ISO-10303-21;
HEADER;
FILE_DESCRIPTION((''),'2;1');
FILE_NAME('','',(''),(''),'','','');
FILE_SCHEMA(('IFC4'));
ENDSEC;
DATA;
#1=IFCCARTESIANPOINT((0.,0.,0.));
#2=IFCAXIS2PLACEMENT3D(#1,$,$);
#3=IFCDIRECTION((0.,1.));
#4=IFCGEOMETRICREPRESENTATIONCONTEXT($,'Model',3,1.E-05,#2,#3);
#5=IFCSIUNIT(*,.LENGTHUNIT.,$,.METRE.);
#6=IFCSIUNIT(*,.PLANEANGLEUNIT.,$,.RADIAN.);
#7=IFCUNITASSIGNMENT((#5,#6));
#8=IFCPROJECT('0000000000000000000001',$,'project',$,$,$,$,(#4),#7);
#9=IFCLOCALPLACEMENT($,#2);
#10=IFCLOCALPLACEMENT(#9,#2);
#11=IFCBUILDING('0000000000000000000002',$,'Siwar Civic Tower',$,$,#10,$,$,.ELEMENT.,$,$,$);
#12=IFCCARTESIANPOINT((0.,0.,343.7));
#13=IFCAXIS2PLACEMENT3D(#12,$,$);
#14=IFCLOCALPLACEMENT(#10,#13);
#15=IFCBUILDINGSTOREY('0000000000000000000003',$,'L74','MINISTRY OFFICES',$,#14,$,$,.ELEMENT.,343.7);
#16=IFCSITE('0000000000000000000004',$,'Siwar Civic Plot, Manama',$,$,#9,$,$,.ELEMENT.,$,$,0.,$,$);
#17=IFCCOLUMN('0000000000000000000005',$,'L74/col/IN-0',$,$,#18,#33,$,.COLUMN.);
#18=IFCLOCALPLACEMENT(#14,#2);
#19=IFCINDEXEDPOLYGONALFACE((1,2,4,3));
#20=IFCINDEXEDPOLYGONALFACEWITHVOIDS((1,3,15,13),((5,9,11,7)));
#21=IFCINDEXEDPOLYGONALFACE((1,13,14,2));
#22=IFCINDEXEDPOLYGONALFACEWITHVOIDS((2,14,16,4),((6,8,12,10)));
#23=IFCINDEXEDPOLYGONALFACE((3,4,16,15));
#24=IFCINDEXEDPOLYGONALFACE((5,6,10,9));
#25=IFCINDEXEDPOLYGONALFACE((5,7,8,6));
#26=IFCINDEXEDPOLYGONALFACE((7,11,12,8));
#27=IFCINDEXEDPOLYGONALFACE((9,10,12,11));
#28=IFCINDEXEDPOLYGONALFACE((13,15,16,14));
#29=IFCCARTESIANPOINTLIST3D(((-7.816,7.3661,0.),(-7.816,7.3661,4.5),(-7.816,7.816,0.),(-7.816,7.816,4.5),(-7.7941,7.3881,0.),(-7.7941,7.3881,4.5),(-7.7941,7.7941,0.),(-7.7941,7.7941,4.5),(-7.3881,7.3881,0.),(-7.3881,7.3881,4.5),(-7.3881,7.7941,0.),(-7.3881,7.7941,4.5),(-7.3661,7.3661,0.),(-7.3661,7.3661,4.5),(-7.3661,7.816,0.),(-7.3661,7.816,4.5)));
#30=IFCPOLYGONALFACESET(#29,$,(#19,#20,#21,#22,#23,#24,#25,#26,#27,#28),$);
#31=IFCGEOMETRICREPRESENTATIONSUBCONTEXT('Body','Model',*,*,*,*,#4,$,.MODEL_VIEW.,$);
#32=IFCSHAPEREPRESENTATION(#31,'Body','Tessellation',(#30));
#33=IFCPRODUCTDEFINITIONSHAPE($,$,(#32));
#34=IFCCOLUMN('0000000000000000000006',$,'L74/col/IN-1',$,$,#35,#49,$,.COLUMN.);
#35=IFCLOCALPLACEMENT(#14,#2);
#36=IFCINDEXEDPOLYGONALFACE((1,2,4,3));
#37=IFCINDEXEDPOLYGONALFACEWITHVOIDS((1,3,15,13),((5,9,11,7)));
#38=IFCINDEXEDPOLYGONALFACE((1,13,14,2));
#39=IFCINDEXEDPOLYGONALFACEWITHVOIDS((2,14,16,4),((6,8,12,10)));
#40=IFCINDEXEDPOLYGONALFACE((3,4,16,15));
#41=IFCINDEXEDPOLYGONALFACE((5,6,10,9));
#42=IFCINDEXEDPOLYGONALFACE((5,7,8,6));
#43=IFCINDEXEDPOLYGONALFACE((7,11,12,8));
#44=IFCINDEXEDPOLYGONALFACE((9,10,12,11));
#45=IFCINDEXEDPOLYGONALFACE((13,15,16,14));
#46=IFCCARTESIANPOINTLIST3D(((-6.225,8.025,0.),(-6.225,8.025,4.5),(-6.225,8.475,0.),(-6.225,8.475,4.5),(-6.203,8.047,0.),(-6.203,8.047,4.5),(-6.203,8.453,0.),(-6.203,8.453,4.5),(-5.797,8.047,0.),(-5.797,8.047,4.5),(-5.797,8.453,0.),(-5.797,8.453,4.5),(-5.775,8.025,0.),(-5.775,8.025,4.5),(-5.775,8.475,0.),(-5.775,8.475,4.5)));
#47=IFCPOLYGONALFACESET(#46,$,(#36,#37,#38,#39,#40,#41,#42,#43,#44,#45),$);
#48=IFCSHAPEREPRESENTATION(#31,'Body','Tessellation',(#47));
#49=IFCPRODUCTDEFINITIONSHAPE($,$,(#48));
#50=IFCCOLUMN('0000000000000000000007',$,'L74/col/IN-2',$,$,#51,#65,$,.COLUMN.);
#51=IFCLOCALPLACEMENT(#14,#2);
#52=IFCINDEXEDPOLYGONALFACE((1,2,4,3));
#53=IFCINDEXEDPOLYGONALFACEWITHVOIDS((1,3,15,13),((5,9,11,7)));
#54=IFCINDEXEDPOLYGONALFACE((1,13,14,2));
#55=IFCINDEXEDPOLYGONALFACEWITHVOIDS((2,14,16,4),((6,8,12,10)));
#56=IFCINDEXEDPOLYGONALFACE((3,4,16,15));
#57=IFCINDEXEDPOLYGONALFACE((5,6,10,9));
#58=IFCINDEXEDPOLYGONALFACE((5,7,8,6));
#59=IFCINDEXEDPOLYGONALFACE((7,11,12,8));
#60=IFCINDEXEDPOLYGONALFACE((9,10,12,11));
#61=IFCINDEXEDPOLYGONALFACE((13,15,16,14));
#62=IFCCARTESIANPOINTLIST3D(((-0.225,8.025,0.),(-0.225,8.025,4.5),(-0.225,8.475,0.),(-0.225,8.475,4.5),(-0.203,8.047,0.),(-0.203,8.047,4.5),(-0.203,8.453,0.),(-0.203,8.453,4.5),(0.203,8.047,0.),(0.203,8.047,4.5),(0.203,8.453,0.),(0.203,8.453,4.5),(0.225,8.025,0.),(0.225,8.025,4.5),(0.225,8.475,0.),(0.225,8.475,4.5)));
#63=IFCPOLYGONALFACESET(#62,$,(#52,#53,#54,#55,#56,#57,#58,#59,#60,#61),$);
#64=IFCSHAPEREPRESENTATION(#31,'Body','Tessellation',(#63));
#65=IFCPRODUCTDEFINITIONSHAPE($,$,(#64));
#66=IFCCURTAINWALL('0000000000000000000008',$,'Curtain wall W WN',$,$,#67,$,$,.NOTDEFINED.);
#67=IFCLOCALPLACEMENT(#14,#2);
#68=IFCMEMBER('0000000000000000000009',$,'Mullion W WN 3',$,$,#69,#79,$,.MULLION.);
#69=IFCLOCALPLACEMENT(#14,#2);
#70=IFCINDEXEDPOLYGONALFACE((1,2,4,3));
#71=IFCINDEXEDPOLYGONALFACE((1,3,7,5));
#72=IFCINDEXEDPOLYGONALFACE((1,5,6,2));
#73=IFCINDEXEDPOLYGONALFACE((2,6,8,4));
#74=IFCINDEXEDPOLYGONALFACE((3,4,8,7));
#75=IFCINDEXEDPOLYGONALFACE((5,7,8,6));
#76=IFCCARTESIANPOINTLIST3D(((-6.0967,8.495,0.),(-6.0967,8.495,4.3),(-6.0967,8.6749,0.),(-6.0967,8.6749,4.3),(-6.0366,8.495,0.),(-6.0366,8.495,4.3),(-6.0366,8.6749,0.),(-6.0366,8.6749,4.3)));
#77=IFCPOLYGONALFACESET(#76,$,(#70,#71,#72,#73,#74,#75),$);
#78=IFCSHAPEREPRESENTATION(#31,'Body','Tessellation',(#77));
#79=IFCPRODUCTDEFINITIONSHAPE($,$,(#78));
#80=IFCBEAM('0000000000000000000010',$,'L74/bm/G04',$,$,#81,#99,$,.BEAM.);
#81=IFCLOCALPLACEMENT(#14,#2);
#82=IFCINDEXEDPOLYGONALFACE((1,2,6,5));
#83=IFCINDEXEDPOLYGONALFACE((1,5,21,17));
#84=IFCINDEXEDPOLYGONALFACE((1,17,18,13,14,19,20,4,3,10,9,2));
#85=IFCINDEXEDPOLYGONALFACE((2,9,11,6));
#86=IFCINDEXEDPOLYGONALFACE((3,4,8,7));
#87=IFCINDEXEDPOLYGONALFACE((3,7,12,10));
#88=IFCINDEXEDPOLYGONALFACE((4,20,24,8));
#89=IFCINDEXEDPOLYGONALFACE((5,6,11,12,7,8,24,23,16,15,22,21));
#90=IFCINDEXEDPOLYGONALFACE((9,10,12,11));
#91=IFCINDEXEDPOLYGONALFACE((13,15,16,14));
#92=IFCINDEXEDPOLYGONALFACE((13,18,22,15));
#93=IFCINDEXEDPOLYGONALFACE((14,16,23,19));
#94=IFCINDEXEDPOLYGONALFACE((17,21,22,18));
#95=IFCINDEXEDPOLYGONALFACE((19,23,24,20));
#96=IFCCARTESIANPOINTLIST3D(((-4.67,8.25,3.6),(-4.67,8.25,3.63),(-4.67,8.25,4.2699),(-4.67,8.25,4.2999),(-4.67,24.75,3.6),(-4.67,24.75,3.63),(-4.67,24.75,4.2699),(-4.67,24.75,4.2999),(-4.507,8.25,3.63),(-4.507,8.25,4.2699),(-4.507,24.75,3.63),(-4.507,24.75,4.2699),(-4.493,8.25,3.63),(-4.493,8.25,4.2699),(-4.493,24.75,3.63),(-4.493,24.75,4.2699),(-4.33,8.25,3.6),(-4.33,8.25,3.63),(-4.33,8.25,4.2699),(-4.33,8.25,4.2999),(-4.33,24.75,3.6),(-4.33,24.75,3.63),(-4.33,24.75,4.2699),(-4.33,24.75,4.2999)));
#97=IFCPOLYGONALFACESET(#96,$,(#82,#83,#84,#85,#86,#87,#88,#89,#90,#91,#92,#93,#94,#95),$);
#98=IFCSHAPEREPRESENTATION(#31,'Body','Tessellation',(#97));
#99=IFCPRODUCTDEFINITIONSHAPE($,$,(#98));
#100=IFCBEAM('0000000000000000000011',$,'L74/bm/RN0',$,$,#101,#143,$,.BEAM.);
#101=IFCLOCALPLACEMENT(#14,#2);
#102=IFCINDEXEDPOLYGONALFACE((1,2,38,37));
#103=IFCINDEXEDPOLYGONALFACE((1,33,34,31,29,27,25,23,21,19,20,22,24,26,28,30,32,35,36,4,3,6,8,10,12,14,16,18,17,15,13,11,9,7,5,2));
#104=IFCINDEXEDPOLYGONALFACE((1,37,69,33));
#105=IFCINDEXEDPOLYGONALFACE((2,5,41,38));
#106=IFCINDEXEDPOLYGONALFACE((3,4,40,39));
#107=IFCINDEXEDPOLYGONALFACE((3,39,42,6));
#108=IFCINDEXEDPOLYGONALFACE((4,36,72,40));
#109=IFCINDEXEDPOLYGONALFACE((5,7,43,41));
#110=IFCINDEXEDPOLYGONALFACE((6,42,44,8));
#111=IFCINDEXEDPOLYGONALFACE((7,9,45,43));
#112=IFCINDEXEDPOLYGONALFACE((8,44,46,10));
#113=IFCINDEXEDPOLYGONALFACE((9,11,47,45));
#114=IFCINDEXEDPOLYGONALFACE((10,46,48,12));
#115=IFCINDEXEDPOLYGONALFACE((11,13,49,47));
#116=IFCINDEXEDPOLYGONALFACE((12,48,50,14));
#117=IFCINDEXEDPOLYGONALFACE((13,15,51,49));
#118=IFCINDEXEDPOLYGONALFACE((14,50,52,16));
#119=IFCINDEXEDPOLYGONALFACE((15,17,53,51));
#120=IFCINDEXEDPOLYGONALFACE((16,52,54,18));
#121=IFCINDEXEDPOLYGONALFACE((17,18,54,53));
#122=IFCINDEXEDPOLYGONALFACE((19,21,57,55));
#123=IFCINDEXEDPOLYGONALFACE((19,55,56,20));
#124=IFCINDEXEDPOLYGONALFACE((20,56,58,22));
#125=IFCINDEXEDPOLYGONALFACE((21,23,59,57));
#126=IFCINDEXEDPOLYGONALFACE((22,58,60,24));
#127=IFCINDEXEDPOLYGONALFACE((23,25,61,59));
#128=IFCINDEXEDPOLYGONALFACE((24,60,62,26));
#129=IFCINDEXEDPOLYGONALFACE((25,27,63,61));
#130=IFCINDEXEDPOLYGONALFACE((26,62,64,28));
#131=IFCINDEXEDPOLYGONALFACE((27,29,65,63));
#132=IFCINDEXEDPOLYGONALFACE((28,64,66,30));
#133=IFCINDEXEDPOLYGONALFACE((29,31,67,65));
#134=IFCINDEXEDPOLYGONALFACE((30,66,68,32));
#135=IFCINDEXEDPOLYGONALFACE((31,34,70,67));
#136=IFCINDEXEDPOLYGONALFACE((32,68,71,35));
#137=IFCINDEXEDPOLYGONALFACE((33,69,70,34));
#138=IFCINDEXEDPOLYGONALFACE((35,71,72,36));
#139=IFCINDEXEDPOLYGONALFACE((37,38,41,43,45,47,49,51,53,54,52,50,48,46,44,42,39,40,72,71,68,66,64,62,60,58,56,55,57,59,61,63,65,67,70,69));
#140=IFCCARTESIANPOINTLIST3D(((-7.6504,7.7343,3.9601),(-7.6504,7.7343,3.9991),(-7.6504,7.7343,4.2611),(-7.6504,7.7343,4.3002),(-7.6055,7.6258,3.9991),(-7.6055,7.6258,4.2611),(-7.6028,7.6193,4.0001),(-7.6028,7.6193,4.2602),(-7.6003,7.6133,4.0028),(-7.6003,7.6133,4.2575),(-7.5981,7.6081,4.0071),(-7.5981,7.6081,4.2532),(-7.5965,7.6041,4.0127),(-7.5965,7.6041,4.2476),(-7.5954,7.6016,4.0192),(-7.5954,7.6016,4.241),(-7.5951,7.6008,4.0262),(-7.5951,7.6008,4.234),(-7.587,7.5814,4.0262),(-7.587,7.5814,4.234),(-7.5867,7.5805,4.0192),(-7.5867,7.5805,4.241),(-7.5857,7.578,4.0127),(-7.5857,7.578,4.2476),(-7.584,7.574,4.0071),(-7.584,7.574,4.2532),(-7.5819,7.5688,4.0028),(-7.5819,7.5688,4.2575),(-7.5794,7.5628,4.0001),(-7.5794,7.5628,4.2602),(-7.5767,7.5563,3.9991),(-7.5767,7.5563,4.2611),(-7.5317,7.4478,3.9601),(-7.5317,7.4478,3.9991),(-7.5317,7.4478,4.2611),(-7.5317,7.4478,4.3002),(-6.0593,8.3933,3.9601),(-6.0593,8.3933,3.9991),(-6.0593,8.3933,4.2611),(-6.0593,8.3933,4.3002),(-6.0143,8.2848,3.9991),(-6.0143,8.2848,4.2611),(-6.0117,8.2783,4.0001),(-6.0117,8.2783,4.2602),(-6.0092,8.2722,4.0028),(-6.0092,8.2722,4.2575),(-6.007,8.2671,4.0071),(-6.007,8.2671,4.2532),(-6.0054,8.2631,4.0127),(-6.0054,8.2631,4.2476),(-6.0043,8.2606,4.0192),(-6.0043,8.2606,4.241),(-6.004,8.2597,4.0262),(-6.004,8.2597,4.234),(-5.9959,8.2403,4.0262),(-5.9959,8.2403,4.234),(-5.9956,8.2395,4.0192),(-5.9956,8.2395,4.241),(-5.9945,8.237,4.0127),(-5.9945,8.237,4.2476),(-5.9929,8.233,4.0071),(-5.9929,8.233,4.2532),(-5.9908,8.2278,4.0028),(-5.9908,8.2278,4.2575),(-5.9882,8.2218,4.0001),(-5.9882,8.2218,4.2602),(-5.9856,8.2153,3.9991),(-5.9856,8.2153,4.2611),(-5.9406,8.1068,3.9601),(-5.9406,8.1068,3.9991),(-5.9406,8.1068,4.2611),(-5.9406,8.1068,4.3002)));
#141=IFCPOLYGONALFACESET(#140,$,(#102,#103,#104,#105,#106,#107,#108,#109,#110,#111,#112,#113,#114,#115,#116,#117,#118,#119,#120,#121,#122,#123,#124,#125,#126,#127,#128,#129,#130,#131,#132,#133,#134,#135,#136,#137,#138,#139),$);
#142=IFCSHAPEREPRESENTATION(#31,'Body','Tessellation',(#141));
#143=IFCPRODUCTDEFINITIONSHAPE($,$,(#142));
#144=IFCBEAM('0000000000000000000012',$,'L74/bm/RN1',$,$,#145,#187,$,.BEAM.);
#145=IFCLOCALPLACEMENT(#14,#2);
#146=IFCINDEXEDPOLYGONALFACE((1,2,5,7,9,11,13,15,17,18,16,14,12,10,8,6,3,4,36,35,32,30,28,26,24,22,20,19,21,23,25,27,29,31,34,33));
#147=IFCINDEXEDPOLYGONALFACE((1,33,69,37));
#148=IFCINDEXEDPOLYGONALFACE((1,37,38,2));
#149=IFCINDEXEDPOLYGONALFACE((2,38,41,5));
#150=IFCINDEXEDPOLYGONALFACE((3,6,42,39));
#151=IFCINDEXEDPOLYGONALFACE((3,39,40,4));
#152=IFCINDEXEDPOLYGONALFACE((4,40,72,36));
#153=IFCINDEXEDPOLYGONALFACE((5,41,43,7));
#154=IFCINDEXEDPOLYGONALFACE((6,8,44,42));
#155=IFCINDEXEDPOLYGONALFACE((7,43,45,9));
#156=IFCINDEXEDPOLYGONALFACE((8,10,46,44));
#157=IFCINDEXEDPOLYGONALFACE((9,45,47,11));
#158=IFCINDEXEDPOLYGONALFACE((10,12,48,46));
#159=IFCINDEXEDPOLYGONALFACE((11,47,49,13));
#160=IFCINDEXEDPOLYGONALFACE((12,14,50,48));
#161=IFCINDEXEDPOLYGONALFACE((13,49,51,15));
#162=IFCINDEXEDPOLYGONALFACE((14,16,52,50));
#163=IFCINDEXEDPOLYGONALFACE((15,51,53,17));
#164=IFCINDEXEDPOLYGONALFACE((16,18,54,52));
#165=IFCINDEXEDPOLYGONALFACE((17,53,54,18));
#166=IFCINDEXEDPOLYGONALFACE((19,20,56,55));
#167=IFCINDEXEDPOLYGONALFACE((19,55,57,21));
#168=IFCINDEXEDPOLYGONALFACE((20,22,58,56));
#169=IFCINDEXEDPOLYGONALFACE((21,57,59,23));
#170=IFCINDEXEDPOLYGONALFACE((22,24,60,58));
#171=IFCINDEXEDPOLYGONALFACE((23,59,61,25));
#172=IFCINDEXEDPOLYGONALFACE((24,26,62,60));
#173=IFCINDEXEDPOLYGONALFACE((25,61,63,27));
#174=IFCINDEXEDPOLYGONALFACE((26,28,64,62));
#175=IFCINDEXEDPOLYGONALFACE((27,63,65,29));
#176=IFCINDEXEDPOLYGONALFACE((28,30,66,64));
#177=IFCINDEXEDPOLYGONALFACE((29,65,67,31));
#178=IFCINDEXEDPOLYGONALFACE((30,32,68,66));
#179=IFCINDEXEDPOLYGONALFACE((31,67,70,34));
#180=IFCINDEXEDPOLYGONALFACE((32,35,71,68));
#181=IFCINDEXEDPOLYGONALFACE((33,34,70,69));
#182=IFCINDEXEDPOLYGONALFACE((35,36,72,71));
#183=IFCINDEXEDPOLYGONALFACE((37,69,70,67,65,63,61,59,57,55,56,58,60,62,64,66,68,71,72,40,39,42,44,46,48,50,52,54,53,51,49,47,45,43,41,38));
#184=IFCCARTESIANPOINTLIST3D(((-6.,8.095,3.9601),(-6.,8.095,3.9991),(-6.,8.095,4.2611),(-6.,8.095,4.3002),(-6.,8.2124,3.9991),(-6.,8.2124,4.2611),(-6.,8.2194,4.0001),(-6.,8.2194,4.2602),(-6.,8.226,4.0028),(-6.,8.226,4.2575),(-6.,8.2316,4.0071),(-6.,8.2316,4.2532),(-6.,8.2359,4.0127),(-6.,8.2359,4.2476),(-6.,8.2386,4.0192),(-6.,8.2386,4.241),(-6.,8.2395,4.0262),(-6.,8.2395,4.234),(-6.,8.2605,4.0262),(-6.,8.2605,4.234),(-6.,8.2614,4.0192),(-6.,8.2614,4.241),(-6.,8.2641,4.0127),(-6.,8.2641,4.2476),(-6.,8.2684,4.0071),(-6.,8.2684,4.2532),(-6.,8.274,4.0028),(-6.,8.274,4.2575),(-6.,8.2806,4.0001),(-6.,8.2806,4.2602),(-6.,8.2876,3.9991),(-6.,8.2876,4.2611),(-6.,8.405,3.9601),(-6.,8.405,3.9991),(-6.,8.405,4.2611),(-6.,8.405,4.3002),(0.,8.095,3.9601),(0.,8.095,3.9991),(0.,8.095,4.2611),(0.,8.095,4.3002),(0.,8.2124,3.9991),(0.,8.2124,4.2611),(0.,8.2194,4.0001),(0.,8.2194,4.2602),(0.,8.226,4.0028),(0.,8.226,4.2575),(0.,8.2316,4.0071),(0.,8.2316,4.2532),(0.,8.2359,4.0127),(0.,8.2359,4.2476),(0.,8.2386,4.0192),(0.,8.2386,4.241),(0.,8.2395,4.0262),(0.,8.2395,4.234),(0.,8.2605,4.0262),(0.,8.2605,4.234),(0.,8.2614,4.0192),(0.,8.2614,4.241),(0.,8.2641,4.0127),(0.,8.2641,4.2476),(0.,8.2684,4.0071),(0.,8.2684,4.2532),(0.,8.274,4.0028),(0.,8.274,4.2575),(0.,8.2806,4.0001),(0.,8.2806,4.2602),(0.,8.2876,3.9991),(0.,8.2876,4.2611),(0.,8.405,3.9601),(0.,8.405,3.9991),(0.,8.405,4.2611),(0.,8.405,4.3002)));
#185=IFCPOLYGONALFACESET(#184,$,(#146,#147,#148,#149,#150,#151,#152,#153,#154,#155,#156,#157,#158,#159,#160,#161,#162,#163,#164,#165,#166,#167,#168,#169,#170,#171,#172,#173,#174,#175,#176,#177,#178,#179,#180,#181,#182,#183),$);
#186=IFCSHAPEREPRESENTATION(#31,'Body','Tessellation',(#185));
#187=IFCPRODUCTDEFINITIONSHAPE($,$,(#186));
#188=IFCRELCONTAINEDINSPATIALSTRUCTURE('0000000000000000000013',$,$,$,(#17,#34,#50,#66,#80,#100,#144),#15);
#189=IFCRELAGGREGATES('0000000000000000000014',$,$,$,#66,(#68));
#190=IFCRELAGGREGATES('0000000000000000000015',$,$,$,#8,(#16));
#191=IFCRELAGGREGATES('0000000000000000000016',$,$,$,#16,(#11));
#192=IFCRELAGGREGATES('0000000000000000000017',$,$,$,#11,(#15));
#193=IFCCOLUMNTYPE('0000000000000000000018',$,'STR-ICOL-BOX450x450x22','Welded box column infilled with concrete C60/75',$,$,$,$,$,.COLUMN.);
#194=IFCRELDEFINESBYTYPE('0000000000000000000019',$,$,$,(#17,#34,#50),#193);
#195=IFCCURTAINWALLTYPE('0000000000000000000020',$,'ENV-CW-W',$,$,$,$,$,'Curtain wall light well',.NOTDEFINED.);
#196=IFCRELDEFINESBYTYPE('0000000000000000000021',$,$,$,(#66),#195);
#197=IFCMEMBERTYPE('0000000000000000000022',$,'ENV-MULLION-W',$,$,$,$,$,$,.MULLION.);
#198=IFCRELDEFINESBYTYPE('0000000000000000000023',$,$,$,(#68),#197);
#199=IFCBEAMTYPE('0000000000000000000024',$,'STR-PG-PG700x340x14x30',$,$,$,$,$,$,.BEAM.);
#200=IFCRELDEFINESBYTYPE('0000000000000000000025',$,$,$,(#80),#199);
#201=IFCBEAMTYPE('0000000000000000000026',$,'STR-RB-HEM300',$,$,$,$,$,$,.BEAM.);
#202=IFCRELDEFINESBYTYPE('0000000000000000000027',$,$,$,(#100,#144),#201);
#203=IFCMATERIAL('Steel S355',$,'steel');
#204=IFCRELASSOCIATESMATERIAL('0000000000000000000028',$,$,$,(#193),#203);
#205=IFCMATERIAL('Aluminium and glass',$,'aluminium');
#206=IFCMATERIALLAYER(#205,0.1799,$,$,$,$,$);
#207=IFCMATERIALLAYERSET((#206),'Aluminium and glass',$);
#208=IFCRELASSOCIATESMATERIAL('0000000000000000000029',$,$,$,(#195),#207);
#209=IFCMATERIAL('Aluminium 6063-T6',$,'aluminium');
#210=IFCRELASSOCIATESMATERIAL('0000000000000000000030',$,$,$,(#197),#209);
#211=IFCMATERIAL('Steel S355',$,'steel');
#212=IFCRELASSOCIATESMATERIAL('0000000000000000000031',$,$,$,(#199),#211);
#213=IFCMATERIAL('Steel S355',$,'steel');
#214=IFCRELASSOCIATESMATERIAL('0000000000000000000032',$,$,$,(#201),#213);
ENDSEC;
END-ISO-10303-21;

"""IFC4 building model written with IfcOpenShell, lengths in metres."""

from ifc_helpers import new_model, si_unit, direction, frame, origin, origin_2d, place, context, subcontext, project, spatial, rectangle, hollow_rectangle, i_section, extrude, material, layer, layer_set, material_profile, profile_set, type_object, element, aggregate, save


model = new_model("IFC4")

# Units and contexts
model_context = context("Model", 3, precision=1e-05, world=origin(), true_north=direction((0.0, 1.0)))
body_context = subcontext(model_context, "Body", "Model", "MODEL_VIEW")
ifc_project = project(units=[si_unit("LENGTHUNIT", "METRE"), si_unit("PLANEANGLEUNIT", "RADIAN")], contexts=[model_context])

# Site, building, storey
site_placement = place(None, origin())
site = spatial("IfcSite", under=ifc_project, at=site_placement, Name="Siwar Civic Plot, Manama", CompositionType="ELEMENT", RefElevation=0.0)
building_placement = place(site_placement, origin())
building = spatial("IfcBuilding", under=site, at=building_placement, Name="Siwar Civic Tower", CompositionType="ELEMENT")
storey_placement = place(building_placement, frame((0.0, 0.0, 343.7)))
storey = spatial("IfcBuildingStorey", under=building, at=storey_placement, Name="L74", Description="MINISTRY OFFICES", CompositionType="ELEMENT", Elevation=343.7)

# Columns
ifc_material_1 = material(Name="Steel S355", Category="steel")
ifc_material_profile_1 = material_profile(ifc_material_1, hollow_rectangle(XDim=0.45, YDim=0.45, WallThickness=0.022, at=origin_2d()), Name="BOX450x450x22")
ifc_profile_set_1 = profile_set([ifc_material_profile_1], Name="Steel S355")
column_type = type_object("IfcColumnType", Name="STR-ICOL-BOX450x450x22", Description="Welded box column infilled with concrete C60/75", PredefinedType="COLUMN", material=ifc_profile_set_1)
for number, where, z_axis, x_axis, name in (
    (1, (-7.5911, 7.5911, 0.0), (0.0, 0.0, 1.0), (1.0, 0.0, 0.0), "L74/col/IN-0"),
    (2, (-6.0, 8.25, 0.0), (0.0, 0.0, 1.0), (1.0, 0.0, 0.0), "L74/col/IN-1"),
    (3, (0.0, 8.25, 0.0), (0.0, 0.0, 1.0), (1.0, 0.0, 0.0), "L74/col/IN-2"),
):
    element("IfcColumn", number, at=place(storey_placement, frame(where, z_axis=z_axis, x_axis=x_axis)), inside=storey, type_object=column_type, Name=name, PredefinedType="COLUMN", context=body_context, shape_type="SweptSolid", body=[
        extrude(hollow_rectangle(XDim=0.45, YDim=0.45, WallThickness=0.022, at=origin_2d()), origin(), (0.0, 0.0, 1.0), 4.5),
    ])

# Curtain wall, member
ifc_material_2 = material(Name="Aluminium and glass", Category="aluminium")
ifc_layer_1 = layer(ifc_material_2, 0.1799)
ifc_layer_set_1 = layer_set([ifc_layer_1], Name="Aluminium and glass")
curtain_wall_type = type_object("IfcCurtainWallType", Name="ENV-CW-W", ElementType="Curtain wall light well", PredefinedType="NOTDEFINED", material=ifc_layer_set_1)
curtain_wall_placement = place(storey_placement, origin())
curtain_wall = element("IfcCurtainWall", 4, at=curtain_wall_placement, inside=storey, type_object=curtain_wall_type, Name="Curtain wall W WN", PredefinedType="NOTDEFINED")
ifc_material_3 = material(Name="Aluminium 6063-T6", Category="aluminium")
ifc_material_profile_2 = material_profile(ifc_material_3, rectangle(XDim=0.1799, YDim=0.0601, at=origin_2d()), Name="AL 180x60")
ifc_profile_set_2 = profile_set([ifc_material_profile_2], Name="Aluminium 6063-T6")
member_type = type_object("IfcMemberType", Name="ENV-MULLION-W", PredefinedType="MULLION", material=ifc_profile_set_2)
member_placement = place(storey_placement, frame((-6.0667, 8.585, 0.0), z_axis=(0.0, 0.0, 1.0), x_axis=(0.0, -1.0, 0.0)))
member = element("IfcMember", 5, at=member_placement, type_object=member_type, Name="Mullion W WN 3", PredefinedType="MULLION", context=body_context, shape_type="SweptSolid", body=[
    extrude(rectangle(XDim=0.1799, YDim=0.0601, at=origin_2d()), origin(), (0.0, 0.0, 1.0), 4.3),
])

# Beams
ifc_material_4 = material(Name="Steel S355", Category="steel")
ifc_material_profile_3 = material_profile(ifc_material_4, i_section(OverallWidth=0.3401, OverallDepth=0.7, WebThickness=0.0139, FlangeThickness=0.03, at=origin_2d()), Name="PG700x340x14x30")
ifc_profile_set_3 = profile_set([ifc_material_profile_3], Name="Steel S355")
beam_type_1 = type_object("IfcBeamType", Name="STR-PG-PG700x340x14x30", PredefinedType="BEAM", material=ifc_profile_set_3)
beam_1_placement = place(storey_placement, frame((-4.5, 8.25, 3.95), z_axis=(0.0, 1.0, 0.0), x_axis=(-1.0, 0.0, 0.0)))
element("IfcBeam", 6, at=beam_1_placement, inside=storey, type_object=beam_type_1, Name="L74/bm/G04", PredefinedType="BEAM", context=body_context, shape_type="SweptSolid", body=[
    extrude(i_section(OverallWidth=0.3401, OverallDepth=0.7, WebThickness=0.0139, FlangeThickness=0.03, at=origin_2d()), origin(), (0.0, 0.0, 1.0), 16.5),
])
ifc_material_5 = material(Name="Steel S355", Category="steel")
ifc_material_profile_4 = material_profile(ifc_material_5, i_section(OverallWidth=0.3101, OverallDepth=0.3401, WebThickness=0.021, FlangeThickness=0.0391, FilletRadius=0.0271, at=origin_2d()), Name="HEM300")
ifc_profile_set_4 = profile_set([ifc_material_profile_4], Name="Steel S355")
beam_type_2 = type_object("IfcBeamType", Name="STR-RB-HEM300", PredefinedType="BEAM", material=ifc_profile_set_4)
beam_2_placement = place(storey_placement, frame((-7.5911, 7.5911, 4.1301), z_axis=(0.923901, 0.382631, 0.0), x_axis=(-0.382631, 0.923901, 0.0)))
element("IfcBeam", 7, at=beam_2_placement, inside=storey, type_object=beam_type_2, Name="L74/bm/RN0", PredefinedType="BEAM", context=body_context, shape_type="SweptSolid", body=[
    extrude(i_section(OverallWidth=0.3101, OverallDepth=0.3401, WebThickness=0.021, FlangeThickness=0.0391, FilletRadius=0.0271, at=origin_2d()), origin(), (0.0, 0.0, 1.0), 1.7222),
])
for number, where, z_axis, x_axis, name in (
    (8, (-6.0, 8.25, 4.1301), (1.0, 0.0, 0.0), (0.0, 1.0, 0.0), "L74/bm/RN1"),
):
    element("IfcBeam", number, at=place(storey_placement, frame(where, z_axis=z_axis, x_axis=x_axis)), inside=storey, type_object=beam_type_2, Name=name, PredefinedType="BEAM", context=body_context, shape_type="SweptSolid", body=[
        extrude(i_section(OverallWidth=0.3101, OverallDepth=0.3401, WebThickness=0.021, FlangeThickness=0.0391, FilletRadius=0.0271, at=origin_2d()), origin(), (0.0, 0.0, 1.0), 6.0),
    ])

aggregate(curtain_wall, [member])

save(model, "model.ifc")
